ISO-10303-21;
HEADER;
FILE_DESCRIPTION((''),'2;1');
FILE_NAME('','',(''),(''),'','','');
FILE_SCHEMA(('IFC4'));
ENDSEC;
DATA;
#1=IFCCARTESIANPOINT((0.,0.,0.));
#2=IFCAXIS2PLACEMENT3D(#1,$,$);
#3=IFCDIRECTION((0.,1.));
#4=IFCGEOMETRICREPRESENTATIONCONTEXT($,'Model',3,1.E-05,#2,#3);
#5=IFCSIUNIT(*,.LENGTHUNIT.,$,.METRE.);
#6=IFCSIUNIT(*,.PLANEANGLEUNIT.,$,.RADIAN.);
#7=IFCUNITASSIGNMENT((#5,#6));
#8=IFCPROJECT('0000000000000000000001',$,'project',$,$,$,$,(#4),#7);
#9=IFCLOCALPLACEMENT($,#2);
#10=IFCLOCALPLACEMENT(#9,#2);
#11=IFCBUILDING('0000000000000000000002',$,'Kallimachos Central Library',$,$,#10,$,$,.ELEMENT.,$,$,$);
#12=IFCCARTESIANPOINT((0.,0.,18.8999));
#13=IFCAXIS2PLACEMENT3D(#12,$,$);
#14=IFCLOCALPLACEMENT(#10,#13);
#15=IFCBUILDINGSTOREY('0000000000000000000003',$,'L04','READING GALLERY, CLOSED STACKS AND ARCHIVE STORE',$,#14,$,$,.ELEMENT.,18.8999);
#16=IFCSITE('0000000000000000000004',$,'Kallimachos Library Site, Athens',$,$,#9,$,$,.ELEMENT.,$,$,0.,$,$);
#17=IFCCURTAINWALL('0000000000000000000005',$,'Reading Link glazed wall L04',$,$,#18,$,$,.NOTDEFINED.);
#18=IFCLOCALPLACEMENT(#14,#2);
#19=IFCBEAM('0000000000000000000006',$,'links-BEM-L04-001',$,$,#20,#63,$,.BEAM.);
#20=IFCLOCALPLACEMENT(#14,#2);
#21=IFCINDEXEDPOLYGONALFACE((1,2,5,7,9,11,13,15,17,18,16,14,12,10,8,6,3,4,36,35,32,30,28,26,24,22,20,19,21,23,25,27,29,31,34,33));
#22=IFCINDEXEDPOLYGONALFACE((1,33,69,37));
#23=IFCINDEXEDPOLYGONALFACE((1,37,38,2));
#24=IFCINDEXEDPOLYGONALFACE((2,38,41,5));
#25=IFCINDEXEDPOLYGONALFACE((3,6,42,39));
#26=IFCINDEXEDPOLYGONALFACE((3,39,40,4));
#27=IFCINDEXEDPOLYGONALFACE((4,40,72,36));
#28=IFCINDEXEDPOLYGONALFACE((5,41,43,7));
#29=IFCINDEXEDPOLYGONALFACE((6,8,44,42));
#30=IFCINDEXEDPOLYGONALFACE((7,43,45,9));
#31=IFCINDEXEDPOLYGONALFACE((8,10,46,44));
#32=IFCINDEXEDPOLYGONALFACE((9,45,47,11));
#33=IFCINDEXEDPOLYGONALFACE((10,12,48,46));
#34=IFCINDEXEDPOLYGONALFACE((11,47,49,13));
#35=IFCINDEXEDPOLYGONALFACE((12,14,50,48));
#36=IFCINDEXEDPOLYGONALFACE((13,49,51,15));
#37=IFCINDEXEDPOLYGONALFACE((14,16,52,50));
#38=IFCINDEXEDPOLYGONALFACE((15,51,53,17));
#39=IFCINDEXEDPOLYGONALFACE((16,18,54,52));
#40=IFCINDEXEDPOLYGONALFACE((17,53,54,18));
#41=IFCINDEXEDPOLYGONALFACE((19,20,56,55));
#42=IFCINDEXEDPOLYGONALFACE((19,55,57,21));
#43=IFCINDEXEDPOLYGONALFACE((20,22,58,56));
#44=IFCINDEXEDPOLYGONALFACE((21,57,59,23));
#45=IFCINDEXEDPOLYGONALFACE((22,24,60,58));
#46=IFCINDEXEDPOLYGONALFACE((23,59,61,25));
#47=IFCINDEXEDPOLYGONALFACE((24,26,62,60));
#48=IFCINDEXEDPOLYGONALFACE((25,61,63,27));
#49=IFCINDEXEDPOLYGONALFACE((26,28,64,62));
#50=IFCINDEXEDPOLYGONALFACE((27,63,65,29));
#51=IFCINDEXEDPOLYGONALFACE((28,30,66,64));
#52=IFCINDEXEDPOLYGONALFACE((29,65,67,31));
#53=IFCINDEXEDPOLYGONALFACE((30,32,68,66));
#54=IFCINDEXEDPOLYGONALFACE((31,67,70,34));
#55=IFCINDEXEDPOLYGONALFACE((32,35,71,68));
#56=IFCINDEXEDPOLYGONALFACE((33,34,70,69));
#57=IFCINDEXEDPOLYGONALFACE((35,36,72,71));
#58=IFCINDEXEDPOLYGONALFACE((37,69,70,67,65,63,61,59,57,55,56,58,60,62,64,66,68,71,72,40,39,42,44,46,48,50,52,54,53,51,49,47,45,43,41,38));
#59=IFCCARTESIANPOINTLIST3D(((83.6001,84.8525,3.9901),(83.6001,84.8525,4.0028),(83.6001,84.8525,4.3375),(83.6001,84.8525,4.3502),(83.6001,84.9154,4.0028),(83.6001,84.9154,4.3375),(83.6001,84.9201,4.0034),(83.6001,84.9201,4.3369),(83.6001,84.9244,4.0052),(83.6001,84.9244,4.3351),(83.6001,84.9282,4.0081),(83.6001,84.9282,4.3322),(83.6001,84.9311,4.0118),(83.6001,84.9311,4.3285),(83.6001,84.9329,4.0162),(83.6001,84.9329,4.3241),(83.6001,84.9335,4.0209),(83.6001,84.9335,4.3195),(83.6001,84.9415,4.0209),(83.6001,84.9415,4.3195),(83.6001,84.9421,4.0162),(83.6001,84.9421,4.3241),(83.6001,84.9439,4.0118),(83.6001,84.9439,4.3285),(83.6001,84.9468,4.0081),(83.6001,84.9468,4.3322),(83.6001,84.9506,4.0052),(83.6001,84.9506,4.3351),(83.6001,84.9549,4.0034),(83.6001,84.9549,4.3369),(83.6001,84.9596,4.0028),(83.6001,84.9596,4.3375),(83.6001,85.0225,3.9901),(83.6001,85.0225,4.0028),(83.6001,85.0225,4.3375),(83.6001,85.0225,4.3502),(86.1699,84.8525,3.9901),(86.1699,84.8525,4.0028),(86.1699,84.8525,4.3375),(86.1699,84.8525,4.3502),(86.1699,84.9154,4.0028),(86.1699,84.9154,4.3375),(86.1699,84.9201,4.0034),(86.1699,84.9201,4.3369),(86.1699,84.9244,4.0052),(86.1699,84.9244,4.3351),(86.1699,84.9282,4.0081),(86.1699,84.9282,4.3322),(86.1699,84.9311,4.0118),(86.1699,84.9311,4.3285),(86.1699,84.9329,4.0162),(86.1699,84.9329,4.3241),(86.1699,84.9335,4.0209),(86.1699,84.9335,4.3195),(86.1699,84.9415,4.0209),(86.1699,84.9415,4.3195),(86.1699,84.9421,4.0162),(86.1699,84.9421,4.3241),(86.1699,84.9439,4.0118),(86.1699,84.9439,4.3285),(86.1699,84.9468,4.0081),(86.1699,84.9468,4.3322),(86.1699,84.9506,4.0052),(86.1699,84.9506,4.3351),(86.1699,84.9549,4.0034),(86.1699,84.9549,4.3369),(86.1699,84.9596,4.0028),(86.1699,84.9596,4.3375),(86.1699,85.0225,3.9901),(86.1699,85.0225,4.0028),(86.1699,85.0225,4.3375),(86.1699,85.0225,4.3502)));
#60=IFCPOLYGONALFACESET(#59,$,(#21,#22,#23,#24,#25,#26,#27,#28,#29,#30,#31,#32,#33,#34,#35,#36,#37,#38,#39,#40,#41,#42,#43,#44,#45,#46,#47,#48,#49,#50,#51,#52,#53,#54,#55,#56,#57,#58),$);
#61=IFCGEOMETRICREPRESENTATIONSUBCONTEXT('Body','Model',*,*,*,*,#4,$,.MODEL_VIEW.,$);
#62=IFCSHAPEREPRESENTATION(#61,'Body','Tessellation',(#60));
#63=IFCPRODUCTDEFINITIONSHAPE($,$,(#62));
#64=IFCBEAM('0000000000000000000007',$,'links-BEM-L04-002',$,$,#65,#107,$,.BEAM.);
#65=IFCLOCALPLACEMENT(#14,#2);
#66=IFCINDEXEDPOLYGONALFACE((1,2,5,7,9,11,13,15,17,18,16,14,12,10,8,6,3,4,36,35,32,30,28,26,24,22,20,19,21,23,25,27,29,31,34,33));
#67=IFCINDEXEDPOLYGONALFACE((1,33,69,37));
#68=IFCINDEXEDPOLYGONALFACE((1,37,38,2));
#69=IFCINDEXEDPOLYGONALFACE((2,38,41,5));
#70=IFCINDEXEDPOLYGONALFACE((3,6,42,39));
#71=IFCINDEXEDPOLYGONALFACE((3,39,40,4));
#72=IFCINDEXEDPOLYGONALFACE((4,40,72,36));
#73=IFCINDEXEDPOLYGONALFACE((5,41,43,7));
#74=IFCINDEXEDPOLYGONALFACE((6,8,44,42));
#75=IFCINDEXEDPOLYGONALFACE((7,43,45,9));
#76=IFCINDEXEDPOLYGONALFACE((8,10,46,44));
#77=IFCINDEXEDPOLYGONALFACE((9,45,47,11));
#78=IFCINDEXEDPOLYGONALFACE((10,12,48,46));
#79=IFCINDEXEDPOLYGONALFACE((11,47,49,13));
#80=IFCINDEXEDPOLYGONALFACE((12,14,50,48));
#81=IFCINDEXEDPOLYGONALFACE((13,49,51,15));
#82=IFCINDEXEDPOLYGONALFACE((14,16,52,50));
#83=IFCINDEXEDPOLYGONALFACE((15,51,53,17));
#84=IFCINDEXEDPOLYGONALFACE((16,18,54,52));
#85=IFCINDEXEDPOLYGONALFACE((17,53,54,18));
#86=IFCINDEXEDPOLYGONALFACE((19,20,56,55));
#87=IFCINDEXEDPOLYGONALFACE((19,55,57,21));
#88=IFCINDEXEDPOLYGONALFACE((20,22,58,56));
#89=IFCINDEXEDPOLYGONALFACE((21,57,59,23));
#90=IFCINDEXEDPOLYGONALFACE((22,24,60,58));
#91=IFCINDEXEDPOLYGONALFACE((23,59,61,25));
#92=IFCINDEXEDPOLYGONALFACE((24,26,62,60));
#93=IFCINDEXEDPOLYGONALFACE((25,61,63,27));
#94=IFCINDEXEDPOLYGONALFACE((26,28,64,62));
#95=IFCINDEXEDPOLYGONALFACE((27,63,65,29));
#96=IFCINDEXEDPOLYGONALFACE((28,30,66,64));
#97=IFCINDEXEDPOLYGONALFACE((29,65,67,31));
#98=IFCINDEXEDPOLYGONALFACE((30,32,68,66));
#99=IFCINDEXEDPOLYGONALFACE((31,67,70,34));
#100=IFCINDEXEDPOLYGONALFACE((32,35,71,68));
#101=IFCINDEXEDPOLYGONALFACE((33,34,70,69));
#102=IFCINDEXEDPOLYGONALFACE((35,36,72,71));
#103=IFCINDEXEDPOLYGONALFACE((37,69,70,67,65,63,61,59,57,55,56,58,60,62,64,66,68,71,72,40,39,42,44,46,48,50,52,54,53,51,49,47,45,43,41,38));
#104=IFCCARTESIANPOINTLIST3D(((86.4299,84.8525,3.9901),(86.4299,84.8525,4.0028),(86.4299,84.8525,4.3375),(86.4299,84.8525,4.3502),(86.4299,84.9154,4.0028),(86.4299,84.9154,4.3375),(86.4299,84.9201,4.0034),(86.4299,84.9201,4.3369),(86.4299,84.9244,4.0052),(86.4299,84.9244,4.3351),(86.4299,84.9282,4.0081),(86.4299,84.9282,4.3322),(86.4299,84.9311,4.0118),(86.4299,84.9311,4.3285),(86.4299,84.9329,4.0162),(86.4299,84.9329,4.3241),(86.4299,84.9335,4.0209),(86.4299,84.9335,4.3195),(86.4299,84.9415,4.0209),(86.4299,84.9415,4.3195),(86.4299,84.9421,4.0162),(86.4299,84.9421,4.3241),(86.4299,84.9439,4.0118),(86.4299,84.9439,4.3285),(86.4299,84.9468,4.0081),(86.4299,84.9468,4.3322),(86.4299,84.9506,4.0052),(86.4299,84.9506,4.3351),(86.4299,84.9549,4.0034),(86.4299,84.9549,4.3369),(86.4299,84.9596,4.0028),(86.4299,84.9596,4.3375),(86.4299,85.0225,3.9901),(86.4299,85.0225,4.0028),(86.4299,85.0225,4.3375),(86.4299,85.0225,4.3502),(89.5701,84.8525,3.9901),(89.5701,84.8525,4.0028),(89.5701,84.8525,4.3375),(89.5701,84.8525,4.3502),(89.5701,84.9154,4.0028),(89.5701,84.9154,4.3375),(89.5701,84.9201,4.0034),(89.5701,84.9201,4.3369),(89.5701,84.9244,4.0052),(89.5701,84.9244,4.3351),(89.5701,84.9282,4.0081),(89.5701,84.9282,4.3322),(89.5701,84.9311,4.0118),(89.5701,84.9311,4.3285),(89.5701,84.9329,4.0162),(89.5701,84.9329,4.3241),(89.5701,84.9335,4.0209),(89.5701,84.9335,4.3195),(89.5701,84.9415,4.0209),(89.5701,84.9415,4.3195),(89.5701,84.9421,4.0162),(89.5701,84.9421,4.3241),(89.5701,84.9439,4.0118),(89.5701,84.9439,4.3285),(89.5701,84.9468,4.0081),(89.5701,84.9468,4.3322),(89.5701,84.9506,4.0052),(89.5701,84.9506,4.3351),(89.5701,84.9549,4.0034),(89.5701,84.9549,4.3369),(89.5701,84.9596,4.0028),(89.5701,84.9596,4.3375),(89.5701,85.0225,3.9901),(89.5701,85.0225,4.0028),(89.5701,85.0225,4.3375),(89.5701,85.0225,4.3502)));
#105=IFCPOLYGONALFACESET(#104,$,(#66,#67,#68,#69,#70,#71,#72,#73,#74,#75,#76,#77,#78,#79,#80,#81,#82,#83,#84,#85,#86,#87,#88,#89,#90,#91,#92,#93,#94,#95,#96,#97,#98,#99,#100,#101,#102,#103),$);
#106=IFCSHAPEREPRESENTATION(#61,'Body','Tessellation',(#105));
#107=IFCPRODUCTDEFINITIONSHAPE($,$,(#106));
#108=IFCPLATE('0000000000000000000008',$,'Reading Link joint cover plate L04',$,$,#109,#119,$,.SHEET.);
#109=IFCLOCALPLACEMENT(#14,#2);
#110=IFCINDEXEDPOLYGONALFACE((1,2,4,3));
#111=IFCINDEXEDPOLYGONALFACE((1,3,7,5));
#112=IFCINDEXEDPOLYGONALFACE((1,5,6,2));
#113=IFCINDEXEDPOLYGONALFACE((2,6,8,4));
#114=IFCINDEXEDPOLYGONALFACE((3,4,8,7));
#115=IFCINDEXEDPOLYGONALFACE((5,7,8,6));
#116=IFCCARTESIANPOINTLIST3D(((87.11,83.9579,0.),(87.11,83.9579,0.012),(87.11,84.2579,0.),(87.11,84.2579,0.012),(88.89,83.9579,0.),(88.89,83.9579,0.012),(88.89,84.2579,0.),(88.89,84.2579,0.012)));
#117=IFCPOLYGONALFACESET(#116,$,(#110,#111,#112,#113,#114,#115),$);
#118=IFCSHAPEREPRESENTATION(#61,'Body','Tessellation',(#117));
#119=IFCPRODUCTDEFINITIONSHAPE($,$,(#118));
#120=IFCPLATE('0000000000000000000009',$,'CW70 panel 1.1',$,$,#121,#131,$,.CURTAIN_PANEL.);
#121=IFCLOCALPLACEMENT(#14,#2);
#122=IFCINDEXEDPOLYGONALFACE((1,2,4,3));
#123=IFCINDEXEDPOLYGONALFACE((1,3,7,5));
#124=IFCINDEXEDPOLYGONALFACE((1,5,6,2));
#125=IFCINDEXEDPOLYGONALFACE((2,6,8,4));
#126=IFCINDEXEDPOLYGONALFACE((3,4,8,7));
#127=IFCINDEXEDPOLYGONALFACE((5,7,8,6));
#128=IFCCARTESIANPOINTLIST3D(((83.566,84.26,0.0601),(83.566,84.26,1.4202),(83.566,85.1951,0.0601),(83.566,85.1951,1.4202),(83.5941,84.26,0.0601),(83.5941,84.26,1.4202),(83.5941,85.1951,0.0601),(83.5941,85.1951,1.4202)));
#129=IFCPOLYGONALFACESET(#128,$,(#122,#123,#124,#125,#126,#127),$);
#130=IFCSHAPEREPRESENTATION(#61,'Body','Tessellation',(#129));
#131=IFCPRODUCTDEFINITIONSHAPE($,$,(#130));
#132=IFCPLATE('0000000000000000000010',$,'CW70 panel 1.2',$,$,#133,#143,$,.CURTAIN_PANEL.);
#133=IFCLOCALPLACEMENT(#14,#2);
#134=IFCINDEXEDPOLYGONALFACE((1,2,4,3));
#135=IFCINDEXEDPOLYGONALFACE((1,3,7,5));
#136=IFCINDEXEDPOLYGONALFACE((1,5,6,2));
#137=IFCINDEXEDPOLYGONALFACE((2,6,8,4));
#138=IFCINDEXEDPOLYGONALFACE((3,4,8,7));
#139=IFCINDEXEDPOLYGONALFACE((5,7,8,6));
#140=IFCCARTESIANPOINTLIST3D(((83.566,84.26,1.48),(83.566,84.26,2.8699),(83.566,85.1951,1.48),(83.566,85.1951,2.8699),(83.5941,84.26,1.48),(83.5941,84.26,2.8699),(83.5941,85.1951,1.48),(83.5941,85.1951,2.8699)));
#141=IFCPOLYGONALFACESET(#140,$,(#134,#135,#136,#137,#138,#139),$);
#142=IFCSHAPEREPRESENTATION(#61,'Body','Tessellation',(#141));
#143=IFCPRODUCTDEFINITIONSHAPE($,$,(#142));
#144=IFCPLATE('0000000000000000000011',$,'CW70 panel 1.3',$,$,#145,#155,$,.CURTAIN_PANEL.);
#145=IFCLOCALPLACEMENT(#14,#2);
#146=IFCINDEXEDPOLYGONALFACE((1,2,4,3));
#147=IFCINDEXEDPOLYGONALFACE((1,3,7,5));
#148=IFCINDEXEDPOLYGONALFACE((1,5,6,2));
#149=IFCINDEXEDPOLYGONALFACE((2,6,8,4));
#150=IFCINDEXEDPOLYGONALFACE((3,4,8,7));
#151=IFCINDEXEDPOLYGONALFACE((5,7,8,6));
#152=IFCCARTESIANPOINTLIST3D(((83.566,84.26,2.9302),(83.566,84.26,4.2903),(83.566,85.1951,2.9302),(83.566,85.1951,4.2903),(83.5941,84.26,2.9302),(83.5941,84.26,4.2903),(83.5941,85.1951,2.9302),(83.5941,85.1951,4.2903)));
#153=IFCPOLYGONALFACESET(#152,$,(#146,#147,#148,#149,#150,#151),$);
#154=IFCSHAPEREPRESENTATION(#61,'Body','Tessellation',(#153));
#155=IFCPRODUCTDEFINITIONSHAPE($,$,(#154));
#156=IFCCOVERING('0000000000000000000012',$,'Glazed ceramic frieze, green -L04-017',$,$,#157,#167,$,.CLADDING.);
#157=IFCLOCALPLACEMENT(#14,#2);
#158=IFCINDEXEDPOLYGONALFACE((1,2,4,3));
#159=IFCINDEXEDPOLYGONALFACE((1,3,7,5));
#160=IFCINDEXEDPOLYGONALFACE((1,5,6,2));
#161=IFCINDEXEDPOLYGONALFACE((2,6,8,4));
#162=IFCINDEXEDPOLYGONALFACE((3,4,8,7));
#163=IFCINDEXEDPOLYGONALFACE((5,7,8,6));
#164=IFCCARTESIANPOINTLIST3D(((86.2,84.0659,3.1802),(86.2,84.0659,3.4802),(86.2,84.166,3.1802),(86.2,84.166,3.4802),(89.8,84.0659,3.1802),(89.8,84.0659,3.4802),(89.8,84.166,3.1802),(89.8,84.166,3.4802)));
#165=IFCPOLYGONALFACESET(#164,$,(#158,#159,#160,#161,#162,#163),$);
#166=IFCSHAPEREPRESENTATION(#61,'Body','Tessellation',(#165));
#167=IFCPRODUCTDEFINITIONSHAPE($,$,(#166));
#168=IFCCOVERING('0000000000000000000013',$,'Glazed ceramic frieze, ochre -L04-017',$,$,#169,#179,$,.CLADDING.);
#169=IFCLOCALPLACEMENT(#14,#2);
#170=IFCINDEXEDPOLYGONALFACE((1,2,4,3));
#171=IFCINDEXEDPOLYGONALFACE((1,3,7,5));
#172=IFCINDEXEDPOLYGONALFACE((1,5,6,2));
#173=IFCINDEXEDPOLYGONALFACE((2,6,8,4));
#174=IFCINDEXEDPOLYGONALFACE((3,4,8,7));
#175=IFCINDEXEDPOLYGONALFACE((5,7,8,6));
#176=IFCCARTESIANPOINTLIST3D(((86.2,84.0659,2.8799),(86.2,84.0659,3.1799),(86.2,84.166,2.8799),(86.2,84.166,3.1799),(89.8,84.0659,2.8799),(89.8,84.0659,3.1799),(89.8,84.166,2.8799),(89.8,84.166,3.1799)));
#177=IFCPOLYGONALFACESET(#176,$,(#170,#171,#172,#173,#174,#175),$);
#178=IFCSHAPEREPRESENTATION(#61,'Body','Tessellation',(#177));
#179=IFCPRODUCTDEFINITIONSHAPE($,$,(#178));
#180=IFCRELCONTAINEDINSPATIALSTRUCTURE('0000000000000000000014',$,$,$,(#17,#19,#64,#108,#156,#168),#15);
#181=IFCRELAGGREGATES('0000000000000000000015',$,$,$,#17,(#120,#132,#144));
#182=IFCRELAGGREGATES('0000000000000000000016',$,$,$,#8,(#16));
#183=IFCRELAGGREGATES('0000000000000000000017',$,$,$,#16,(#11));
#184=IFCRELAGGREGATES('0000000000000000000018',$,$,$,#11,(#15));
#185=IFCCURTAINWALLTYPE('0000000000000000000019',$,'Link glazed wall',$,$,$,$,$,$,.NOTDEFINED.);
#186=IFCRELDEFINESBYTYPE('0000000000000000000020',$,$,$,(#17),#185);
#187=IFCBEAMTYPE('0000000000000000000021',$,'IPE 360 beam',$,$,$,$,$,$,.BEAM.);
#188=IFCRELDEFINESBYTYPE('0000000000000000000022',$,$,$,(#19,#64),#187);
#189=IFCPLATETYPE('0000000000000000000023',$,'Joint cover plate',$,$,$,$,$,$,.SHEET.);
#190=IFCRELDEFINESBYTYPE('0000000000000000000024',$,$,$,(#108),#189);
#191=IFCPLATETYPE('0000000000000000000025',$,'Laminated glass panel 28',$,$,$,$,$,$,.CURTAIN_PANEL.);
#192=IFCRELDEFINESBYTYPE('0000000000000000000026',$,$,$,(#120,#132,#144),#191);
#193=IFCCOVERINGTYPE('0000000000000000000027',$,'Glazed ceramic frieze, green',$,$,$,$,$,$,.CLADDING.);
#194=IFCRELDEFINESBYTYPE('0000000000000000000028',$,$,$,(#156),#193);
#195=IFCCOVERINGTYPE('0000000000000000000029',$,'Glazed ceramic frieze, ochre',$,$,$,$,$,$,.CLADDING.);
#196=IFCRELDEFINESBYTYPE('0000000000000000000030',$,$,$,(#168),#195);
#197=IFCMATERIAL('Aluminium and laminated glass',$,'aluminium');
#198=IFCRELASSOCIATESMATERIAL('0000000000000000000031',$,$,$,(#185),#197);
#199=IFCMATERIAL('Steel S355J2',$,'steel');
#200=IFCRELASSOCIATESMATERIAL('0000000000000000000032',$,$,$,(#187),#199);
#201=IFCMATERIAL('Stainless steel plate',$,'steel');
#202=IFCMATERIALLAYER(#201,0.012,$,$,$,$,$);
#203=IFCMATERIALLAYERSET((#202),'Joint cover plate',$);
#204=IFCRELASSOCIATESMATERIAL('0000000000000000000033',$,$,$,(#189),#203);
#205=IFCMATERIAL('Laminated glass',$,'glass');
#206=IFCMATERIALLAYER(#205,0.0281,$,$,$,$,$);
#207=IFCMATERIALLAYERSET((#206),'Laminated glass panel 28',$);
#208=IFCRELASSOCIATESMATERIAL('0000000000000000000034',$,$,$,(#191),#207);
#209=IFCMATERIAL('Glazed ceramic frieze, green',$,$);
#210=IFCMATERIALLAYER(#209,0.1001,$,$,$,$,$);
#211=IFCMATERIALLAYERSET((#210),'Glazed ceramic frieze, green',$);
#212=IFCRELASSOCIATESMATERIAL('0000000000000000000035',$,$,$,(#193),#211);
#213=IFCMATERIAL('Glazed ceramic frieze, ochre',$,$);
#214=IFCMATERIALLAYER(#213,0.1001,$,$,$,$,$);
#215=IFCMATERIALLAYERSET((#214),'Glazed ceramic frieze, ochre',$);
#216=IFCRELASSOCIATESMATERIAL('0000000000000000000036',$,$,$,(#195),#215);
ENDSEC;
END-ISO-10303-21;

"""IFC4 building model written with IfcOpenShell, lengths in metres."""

from ifc_helpers import new_model, si_unit, direction, frame, origin, origin_2d, place, context, subcontext, project, spatial, rectangle, i_section, extrude, material, layer, layer_set, material_profile, profile_set, type_object, element, aggregate, save


model = new_model("IFC4")

# Units and contexts
model_context = context("Model", 3, precision=1e-05, world=origin(), true_north=direction((0.0, 1.0)))
body_context = subcontext(model_context, "Body", "Model", "MODEL_VIEW")
ifc_project = project(units=[si_unit("LENGTHUNIT", "METRE"), si_unit("PLANEANGLEUNIT", "RADIAN")], contexts=[model_context])

# Site, building, storey
site_placement = place(None, origin())
site = spatial("IfcSite", under=ifc_project, at=site_placement, Name="Kallimachos Library Site, Athens", CompositionType="ELEMENT", RefElevation=0.0)
building_placement = place(site_placement, origin())
building = spatial("IfcBuilding", under=site, at=building_placement, Name="Kallimachos Central Library", CompositionType="ELEMENT")
storey_placement = place(building_placement, frame((0.0, 0.0, 18.8999)))
storey = spatial("IfcBuildingStorey", under=building, at=storey_placement, Name="L04", Description="READING GALLERY, CLOSED STACKS AND ARCHIVE STORE", CompositionType="ELEMENT", Elevation=18.8999)

# Curtain wall
ifc_material_1 = material(Name="Aluminium and laminated glass", Category="aluminium")
curtain_wall_type = type_object("IfcCurtainWallType", Name="Link glazed wall", PredefinedType="NOTDEFINED", material=ifc_material_1)
curtain_wall_placement = place(storey_placement, origin())
curtain_wall = element("IfcCurtainWall", 1, at=curtain_wall_placement, inside=storey, type_object=curtain_wall_type, Name="Reading Link glazed wall L04", PredefinedType="NOTDEFINED")

# Beams
ifc_material_2 = material(Name="Steel S355J2", Category="steel")
ifc_material_profile_1 = material_profile(ifc_material_2, i_section(OverallWidth=0.1699, OverallDepth=0.3601, WebThickness=0.0081, FlangeThickness=0.0127, FilletRadius=0.0181, at=origin_2d()), Name="IPE 360")
ifc_profile_set_1 = profile_set([ifc_material_profile_1], Name="Steel S355J2")
beam_type_1 = type_object("IfcBeamType", Name="IPE 360 beam", PredefinedType="BEAM", material=ifc_profile_set_1)
beam_1_placement = place(storey_placement, frame((83.6001, 84.9375, 4.1702), z_axis=(1.0, 0.0, 0.0), x_axis=(0.0, 1.0, 0.0)))
element("IfcBeam", 2, at=beam_1_placement, inside=storey, type_object=beam_type_1, Name="links-BEM-L04-001", PredefinedType="BEAM", context=body_context, shape_type="SweptSolid", body=[
    extrude(i_section(OverallWidth=0.1699, OverallDepth=0.3601, WebThickness=0.0081, FlangeThickness=0.0127, FilletRadius=0.0181, at=origin_2d()), origin(), (0.0, 0.0, 1.0), 2.5698),
])
beam_2_placement = place(storey_placement, frame((86.4299, 84.9375, 4.1702), z_axis=(1.0, 0.0, 0.0), x_axis=(0.0, 1.0, 0.0)))
element("IfcBeam", 3, at=beam_2_placement, inside=storey, type_object=beam_type_1, Name="links-BEM-L04-002", PredefinedType="BEAM", context=body_context, shape_type="SweptSolid", body=[
    extrude(i_section(OverallWidth=0.1699, OverallDepth=0.3601, WebThickness=0.0081, FlangeThickness=0.0127, FilletRadius=0.0181, at=origin_2d()), origin(), (0.0, 0.0, 1.0), 3.1401),
])

# Plates
ifc_material_3 = material(Name="Stainless steel plate", Category="steel")
ifc_layer_1 = layer(ifc_material_3, 0.012)
ifc_layer_set_1 = layer_set([ifc_layer_1], Name="Joint cover plate")
plate_type_1 = type_object("IfcPlateType", Name="Joint cover plate", PredefinedType="SHEET", material=ifc_layer_set_1)
plate_1_placement = place(storey_placement, frame((88.0, 84.1079, 0.0), z_axis=(0.0, 0.0, 1.0), x_axis=(1.0, 0.0, 0.0)))
element("IfcPlate", 4, at=plate_1_placement, inside=storey, type_object=plate_type_1, Name="Reading Link joint cover plate L04", PredefinedType="SHEET", context=body_context, shape_type="SweptSolid", body=[
    extrude(rectangle(XDim=1.78, YDim=0.3, at=origin_2d()), origin(), (0.0, 0.0, 1.0), 0.012),
])
ifc_material_4 = material(Name="Laminated glass", Category="glass")
ifc_layer_2 = layer(ifc_material_4, 0.0281)
ifc_layer_set_2 = layer_set([ifc_layer_2], Name="Laminated glass panel 28")
plate_type_2 = type_object("IfcPlateType", Name="Laminated glass panel 28", PredefinedType="CURTAIN_PANEL", material=ifc_layer_set_2)
plate_2_placement = place(storey_placement, frame((83.5801, 84.7275, 0.0601), z_axis=(0.0, 0.0, 1.0), x_axis=(0.0, 1.0, 0.0)))
plate_2 = element("IfcPlate", 5, at=plate_2_placement, type_object=plate_type_2, Name="CW70 panel 1.1", PredefinedType="CURTAIN_PANEL", context=body_context, shape_type="SweptSolid", body=[
    extrude(rectangle(XDim=0.9351, YDim=0.0281, at=origin_2d()), origin(), (0.0, 0.0, 1.0), 1.3601),
])
plate_3_placement = place(storey_placement, frame((83.5801, 84.7275, 1.48), z_axis=(0.0, 0.0, 1.0), x_axis=(0.0, 1.0, 0.0)))
plate_3 = element("IfcPlate", 6, at=plate_3_placement, type_object=plate_type_2, Name="CW70 panel 1.2", PredefinedType="CURTAIN_PANEL", context=body_context, shape_type="SweptSolid", body=[
    extrude(rectangle(XDim=0.9351, YDim=0.0281, at=origin_2d()), origin(), (0.0, 0.0, 1.0), 1.3899),
])
plate_4_placement = place(storey_placement, frame((83.5801, 84.7275, 2.9302), z_axis=(0.0, 0.0, 1.0), x_axis=(0.0, 1.0, 0.0)))
plate_4 = element("IfcPlate", 7, at=plate_4_placement, type_object=plate_type_2, Name="CW70 panel 1.3", PredefinedType="CURTAIN_PANEL", context=body_context, shape_type="SweptSolid", body=[
    extrude(rectangle(XDim=0.9351, YDim=0.0281, at=origin_2d()), origin(), (0.0, 0.0, 1.0), 1.3601),
])
aggregate(curtain_wall, [plate_2, plate_3, plate_4])

# Coverings
ifc_material_5 = material(Name="Glazed ceramic frieze, green")
ifc_layer_3 = layer(ifc_material_5, 0.1001)
ifc_layer_set_3 = layer_set([ifc_layer_3], Name="Glazed ceramic frieze, green")
covering_type_1 = type_object("IfcCoveringType", Name="Glazed ceramic frieze, green", PredefinedType="CLADDING", material=ifc_layer_set_3)
covering_1_placement = place(storey_placement, frame((88.0, 84.116, 3.1802), z_axis=(0.0, 0.0, 1.0), x_axis=(1.0, 0.0, 0.0)))
element("IfcCovering", 8, at=covering_1_placement, inside=storey, type_object=covering_type_1, Name="Glazed ceramic frieze, green -L04-017", PredefinedType="CLADDING", context=body_context, shape_type="SweptSolid", body=[
    extrude(rectangle(XDim=3.6001, YDim=0.1001, at=origin_2d()), origin(), (0.0, 0.0, 1.0), 0.3),
])
ifc_material_6 = material(Name="Glazed ceramic frieze, ochre")
ifc_layer_4 = layer(ifc_material_6, 0.1001)
ifc_layer_set_4 = layer_set([ifc_layer_4], Name="Glazed ceramic frieze, ochre")
covering_type_2 = type_object("IfcCoveringType", Name="Glazed ceramic frieze, ochre", PredefinedType="CLADDING", material=ifc_layer_set_4)
covering_2_placement = place(storey_placement, frame((88.0, 84.116, 2.8799), z_axis=(0.0, 0.0, 1.0), x_axis=(1.0, 0.0, 0.0)))
element("IfcCovering", 9, at=covering_2_placement, inside=storey, type_object=covering_type_2, Name="Glazed ceramic frieze, ochre -L04-017", PredefinedType="CLADDING", context=body_context, shape_type="SweptSolid", body=[
    extrude(rectangle(XDim=3.6001, YDim=0.1001, at=origin_2d()), origin(), (0.0, 0.0, 1.0), 0.3),
])

save(model, "model.ifc")
